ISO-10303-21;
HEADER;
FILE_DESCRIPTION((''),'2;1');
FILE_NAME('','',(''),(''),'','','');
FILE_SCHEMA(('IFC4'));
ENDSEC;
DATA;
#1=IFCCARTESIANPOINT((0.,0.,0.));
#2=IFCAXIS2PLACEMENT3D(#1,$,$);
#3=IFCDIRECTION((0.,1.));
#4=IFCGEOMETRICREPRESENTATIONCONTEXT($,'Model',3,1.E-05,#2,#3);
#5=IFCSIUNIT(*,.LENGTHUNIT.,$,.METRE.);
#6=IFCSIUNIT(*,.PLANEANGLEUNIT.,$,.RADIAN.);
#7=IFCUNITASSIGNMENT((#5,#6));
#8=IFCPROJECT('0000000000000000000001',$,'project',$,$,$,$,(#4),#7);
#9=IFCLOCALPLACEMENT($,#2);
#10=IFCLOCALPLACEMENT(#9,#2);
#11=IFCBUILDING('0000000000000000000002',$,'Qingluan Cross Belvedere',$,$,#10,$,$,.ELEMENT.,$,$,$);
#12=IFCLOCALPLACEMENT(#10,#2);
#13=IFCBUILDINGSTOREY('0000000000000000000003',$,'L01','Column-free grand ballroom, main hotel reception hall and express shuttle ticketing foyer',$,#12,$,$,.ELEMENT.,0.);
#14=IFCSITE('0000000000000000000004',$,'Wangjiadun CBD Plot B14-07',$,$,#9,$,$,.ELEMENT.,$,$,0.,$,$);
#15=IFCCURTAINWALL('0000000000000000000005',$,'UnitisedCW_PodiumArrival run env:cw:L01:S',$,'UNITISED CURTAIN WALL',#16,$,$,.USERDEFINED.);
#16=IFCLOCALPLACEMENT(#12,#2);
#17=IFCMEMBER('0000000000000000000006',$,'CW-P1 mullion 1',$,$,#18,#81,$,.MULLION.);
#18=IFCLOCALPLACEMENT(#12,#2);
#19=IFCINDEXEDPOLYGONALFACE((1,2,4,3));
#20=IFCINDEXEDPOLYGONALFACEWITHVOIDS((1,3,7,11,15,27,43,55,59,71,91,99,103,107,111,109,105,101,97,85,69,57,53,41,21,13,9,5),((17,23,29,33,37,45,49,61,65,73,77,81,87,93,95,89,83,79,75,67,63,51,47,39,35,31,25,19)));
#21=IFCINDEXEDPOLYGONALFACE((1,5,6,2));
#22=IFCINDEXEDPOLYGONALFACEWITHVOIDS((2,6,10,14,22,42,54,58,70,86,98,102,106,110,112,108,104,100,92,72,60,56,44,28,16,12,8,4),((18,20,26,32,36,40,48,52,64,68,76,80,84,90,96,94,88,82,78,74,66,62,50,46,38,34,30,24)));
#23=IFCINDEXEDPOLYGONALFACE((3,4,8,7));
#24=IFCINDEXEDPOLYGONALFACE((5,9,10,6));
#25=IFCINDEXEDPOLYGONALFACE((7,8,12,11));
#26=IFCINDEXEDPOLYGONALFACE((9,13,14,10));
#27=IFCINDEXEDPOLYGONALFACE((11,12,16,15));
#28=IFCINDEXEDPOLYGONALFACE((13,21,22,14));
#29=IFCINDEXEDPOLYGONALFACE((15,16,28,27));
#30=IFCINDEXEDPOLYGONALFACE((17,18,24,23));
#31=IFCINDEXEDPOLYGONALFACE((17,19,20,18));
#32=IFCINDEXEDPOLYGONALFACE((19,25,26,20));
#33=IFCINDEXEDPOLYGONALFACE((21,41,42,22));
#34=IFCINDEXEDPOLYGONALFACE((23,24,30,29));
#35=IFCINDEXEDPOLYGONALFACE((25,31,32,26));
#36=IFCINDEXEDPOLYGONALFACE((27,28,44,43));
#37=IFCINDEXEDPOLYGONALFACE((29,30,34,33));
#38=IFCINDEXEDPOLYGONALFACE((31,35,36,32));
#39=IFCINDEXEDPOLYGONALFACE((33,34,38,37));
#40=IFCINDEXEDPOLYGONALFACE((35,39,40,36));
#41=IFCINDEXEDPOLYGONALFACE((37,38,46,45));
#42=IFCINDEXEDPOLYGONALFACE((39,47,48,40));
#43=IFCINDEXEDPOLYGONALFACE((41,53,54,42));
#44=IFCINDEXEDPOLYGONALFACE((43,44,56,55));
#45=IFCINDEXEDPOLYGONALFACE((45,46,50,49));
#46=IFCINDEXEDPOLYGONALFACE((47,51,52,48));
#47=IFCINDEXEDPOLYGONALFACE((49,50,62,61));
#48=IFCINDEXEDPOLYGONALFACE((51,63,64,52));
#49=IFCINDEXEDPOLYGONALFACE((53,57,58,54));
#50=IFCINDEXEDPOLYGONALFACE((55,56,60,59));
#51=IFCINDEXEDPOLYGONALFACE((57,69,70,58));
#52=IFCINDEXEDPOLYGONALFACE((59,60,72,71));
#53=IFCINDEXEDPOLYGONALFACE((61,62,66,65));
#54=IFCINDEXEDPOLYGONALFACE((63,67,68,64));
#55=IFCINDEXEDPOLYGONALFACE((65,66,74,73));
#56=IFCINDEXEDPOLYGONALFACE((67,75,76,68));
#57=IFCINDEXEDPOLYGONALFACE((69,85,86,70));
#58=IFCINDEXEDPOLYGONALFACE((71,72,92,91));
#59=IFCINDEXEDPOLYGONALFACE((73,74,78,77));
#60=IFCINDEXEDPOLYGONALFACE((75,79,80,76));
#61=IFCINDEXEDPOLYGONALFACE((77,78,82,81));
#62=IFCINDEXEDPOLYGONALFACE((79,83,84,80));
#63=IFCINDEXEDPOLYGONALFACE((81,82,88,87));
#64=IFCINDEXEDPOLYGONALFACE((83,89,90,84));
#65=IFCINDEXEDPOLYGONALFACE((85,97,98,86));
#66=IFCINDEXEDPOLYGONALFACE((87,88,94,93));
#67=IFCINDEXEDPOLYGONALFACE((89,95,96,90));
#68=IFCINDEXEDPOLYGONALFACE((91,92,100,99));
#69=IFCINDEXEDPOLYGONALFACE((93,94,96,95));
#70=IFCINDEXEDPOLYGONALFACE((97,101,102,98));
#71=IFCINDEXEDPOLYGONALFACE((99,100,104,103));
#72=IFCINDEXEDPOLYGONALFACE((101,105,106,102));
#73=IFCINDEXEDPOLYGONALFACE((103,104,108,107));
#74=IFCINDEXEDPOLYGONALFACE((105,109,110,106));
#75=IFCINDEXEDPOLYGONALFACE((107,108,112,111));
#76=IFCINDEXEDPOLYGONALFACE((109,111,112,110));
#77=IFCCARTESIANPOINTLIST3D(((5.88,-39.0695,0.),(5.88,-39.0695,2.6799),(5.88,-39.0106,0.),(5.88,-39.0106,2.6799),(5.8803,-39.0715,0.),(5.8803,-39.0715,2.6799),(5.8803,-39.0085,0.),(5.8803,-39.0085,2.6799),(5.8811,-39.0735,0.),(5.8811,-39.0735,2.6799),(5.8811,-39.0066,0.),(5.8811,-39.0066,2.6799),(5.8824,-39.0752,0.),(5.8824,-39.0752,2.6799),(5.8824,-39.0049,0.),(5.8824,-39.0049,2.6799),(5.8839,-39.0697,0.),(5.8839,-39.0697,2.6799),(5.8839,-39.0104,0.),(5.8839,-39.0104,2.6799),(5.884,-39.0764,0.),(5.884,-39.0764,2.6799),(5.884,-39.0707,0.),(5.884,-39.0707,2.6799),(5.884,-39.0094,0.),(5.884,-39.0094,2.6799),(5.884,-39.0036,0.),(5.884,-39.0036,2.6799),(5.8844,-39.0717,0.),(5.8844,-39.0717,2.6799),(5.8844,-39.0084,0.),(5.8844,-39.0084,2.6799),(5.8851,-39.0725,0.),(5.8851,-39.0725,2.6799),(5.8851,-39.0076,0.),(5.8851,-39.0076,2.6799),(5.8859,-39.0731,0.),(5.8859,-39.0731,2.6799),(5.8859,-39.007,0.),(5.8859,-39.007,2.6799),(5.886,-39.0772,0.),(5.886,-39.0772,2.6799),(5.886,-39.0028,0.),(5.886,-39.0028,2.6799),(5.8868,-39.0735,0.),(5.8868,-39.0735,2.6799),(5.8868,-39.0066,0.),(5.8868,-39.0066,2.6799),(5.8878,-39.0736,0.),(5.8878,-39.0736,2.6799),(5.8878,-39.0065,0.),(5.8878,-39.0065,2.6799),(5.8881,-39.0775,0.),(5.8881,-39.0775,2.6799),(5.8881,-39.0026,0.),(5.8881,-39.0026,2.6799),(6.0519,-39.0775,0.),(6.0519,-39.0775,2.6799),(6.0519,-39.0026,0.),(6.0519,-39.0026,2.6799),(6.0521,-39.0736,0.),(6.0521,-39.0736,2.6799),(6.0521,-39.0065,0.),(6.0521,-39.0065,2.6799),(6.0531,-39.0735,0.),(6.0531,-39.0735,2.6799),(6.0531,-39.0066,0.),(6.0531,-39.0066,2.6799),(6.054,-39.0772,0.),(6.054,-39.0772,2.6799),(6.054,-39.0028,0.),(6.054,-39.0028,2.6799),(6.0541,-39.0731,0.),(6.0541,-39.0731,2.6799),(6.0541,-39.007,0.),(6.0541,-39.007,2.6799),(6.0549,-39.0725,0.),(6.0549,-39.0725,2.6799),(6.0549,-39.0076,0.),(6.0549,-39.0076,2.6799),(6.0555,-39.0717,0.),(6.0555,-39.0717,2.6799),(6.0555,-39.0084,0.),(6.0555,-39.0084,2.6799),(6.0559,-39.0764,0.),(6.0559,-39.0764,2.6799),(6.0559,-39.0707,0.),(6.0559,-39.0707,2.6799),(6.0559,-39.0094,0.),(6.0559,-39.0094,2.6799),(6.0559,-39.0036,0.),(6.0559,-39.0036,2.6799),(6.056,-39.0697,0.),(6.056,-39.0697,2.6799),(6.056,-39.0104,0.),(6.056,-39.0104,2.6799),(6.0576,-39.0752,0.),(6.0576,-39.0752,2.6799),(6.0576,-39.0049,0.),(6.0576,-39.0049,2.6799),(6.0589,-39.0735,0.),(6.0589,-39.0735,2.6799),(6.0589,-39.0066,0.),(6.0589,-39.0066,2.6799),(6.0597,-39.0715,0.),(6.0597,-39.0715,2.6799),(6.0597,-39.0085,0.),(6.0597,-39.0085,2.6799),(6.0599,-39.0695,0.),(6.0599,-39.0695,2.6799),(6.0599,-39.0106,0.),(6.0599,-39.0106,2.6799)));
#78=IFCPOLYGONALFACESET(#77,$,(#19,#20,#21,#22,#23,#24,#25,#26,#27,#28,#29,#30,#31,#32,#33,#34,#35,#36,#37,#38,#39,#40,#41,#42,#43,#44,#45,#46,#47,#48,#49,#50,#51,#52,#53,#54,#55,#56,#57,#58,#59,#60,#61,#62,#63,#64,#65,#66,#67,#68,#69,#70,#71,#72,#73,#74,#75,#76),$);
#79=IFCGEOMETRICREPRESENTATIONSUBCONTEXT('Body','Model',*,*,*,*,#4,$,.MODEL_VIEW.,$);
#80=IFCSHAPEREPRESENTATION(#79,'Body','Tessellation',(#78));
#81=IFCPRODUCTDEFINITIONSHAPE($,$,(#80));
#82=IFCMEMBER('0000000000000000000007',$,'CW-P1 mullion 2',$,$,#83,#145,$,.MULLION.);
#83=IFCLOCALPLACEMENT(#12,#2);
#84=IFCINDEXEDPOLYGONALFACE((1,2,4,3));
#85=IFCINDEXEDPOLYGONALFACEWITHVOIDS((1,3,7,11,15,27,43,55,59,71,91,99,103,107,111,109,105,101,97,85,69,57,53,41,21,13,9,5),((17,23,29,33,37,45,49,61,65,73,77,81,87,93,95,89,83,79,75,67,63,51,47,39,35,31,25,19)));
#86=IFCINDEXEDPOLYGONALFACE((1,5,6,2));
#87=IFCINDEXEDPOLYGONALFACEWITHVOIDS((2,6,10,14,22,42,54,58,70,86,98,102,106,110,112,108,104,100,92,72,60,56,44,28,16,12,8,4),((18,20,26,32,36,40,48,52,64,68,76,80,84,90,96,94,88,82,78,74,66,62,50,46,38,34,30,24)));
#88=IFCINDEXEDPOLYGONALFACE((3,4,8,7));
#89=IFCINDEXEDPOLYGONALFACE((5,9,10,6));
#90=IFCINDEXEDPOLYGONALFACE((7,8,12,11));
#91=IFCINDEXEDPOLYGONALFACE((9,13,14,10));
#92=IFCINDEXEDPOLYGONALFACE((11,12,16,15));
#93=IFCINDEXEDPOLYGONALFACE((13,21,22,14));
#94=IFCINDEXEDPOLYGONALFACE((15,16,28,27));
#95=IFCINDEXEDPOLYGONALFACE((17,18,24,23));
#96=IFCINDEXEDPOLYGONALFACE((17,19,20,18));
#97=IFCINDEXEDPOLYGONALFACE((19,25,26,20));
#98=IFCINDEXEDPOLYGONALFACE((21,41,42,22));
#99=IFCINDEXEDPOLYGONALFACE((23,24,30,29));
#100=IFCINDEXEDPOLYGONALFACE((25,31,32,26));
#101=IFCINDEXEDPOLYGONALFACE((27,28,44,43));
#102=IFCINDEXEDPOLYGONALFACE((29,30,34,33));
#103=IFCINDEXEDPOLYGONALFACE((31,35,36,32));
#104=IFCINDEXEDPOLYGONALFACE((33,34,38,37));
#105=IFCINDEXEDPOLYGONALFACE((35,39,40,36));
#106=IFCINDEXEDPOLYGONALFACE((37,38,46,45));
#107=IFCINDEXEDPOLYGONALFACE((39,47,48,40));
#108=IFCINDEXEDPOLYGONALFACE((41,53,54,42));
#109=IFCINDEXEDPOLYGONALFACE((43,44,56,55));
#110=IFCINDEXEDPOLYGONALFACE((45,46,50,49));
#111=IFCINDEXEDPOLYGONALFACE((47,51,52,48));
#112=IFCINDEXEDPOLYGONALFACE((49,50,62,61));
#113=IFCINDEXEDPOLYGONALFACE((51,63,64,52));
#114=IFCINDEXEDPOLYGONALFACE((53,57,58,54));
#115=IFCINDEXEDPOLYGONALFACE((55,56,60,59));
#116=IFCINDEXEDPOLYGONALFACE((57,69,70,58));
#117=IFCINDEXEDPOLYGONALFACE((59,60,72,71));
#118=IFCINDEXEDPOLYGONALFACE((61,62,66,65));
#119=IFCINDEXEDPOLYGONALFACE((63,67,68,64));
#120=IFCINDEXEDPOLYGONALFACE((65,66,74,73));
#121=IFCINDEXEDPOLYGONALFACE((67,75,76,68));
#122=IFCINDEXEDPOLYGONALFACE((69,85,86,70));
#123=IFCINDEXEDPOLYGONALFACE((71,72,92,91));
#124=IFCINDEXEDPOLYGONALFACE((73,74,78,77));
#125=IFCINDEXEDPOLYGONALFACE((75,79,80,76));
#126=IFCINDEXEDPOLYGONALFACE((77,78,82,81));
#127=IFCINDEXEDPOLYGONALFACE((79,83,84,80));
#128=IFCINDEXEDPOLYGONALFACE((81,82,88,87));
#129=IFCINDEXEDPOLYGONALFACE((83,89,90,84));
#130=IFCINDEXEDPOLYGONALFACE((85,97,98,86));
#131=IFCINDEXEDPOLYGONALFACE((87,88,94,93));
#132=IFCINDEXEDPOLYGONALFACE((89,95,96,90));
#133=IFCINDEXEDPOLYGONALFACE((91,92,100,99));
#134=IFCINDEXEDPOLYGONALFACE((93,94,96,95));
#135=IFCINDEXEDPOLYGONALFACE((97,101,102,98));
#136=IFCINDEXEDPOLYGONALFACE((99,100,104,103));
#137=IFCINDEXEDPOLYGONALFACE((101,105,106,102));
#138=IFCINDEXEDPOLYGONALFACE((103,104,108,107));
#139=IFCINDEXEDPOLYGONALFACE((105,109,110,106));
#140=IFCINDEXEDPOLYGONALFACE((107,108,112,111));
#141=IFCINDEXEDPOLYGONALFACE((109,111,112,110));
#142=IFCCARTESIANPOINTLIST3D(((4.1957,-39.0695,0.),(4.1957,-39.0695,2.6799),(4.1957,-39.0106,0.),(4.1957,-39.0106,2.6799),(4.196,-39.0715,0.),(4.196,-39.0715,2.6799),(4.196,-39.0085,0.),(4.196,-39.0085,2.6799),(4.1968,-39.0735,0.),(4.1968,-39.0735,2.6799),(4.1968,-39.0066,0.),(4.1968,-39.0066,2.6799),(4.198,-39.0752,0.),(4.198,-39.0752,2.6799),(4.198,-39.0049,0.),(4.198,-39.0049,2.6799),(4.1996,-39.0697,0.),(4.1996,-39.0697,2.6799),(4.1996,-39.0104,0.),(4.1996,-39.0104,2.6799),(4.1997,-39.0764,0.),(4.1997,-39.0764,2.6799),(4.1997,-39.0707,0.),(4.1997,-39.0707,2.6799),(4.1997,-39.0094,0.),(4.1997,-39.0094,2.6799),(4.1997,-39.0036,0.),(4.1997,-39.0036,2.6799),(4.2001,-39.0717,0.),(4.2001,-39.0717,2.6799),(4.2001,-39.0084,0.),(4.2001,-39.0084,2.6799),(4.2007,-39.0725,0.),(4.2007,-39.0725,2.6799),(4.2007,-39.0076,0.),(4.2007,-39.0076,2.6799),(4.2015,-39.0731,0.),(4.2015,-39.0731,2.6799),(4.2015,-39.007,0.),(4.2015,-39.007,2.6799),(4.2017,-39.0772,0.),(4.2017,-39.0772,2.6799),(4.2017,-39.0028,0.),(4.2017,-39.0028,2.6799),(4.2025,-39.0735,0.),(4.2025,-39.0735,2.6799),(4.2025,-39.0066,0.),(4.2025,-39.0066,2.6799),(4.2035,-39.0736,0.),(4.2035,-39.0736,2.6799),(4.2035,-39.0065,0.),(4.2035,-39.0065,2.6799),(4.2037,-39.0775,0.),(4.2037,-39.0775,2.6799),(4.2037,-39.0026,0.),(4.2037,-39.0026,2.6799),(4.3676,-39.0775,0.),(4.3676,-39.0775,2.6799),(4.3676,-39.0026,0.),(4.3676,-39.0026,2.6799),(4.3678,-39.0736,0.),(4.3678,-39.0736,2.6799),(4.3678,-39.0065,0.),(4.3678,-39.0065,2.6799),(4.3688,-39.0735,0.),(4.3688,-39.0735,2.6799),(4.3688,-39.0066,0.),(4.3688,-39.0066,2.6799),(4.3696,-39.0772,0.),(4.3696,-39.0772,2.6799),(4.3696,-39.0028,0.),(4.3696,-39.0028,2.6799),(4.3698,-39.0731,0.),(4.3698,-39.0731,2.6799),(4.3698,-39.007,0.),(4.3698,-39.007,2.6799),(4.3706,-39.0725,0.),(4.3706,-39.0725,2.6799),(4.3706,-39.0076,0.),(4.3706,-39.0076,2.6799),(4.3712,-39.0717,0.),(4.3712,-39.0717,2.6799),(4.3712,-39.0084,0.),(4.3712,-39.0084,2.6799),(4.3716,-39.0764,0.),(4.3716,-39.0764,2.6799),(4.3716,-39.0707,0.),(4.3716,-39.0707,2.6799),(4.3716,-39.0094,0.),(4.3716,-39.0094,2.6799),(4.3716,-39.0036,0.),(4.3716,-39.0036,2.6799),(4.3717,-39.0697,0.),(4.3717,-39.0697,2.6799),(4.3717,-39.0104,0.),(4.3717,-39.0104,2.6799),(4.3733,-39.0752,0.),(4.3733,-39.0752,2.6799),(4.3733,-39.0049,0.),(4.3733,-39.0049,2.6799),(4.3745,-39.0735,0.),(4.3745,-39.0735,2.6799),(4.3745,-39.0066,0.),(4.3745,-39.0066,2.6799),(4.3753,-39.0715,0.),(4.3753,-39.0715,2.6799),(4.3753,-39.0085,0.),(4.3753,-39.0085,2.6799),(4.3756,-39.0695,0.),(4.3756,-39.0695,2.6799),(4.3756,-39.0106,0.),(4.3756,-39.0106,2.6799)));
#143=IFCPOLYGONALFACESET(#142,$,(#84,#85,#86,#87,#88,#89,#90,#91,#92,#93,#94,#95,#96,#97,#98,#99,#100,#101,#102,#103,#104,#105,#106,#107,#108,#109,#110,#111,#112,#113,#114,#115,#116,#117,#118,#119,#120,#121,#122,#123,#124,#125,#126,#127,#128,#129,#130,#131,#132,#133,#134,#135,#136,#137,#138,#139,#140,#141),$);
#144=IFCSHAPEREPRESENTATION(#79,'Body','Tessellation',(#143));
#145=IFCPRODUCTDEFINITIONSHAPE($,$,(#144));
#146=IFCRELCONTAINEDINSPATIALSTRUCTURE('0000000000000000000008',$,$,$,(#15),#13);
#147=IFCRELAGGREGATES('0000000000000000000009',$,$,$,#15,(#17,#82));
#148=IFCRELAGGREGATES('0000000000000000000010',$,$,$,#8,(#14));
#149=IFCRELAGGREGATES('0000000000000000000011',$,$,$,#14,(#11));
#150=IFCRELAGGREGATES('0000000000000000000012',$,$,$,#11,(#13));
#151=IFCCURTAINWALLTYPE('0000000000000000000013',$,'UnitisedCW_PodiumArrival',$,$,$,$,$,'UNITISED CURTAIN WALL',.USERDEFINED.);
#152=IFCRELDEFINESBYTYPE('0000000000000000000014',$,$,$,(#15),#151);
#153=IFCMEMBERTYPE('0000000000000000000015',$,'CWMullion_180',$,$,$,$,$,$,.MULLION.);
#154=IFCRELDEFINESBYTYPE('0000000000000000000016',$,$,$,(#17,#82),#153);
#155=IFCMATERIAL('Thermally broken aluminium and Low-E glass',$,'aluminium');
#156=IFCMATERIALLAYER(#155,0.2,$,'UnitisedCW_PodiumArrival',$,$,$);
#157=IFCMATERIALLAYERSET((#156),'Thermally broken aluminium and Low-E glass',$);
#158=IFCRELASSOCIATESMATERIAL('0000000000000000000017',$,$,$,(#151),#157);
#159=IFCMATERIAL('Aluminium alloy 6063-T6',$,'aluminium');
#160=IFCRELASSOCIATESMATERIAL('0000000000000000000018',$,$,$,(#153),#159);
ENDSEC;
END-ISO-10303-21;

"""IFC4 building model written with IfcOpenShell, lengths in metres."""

from ifc_helpers import new_model, si_unit, direction, frame, origin, origin_2d, place, context, subcontext, project, spatial, hollow_rectangle, extrude, material, layer, layer_set, material_profile, profile_set, type_object, element, aggregate, save


model = new_model("IFC4")

# Units and contexts
model_context = context("Model", 3, precision=1e-05, world=origin(), true_north=direction((0.0, 1.0)))
body_context = subcontext(model_context, "Body", "Model", "MODEL_VIEW")
ifc_project = project(units=[si_unit("LENGTHUNIT", "METRE"), si_unit("PLANEANGLEUNIT", "RADIAN")], contexts=[model_context])

# Site, building, storey
site_placement = place(None, origin())
site = spatial("IfcSite", under=ifc_project, at=site_placement, Name="Wangjiadun CBD Plot B14-07", CompositionType="ELEMENT", RefElevation=0.0)
building_placement = place(site_placement, origin())
building = spatial("IfcBuilding", under=site, at=building_placement, Name="Qingluan Cross Belvedere", CompositionType="ELEMENT")
storey_placement = place(building_placement, origin())
storey = spatial("IfcBuildingStorey", under=building, at=storey_placement, Name="L01", Description="Column-free grand ballroom, main hotel reception hall and express shuttle ticketing foyer", CompositionType="ELEMENT", Elevation=0.0)

# Curtain wall, members
ifc_material_1 = material(Name="Thermally broken aluminium and Low-E glass", Category="aluminium")
ifc_layer_1 = layer(ifc_material_1, 0.2, Name="UnitisedCW_PodiumArrival")
ifc_layer_set_1 = layer_set([ifc_layer_1], Name="Thermally broken aluminium and Low-E glass")
curtain_wall_type = type_object("IfcCurtainWallType", Name="UnitisedCW_PodiumArrival", ElementType="UNITISED CURTAIN WALL", PredefinedType="USERDEFINED", material=ifc_layer_set_1)
curtain_wall_placement = place(storey_placement, origin())
curtain_wall = element("IfcCurtainWall", 1, at=curtain_wall_placement, inside=storey, type_object=curtain_wall_type, Name="UnitisedCW_PodiumArrival run env:cw:L01:S", ObjectType="UNITISED CURTAIN WALL", PredefinedType="USERDEFINED")
ifc_material_2 = material(Name="Aluminium alloy 6063-T6", Category="aluminium")
ifc_material_profile_1 = material_profile(ifc_material_2, hollow_rectangle(XDim=0.075, YDim=0.1799, WallThickness=0.0039, InnerFilletRadius=0.0039, OuterFilletRadius=0.0081, at=origin_2d()), Name="CWM180x75x4")
ifc_profile_set_1 = profile_set([ifc_material_profile_1], Name="Aluminium alloy 6063-T6")
member_type_1 = type_object("IfcMemberType", Name="CWMullion_180", PredefinedType="MULLION", material=ifc_profile_set_1)
member_1_placement = place(storey_placement, frame((5.97, -39.04, 0.0), z_axis=(0.0, 0.0, 1.0), x_axis=(0.0, -1.0, 0.0)))
member_1 = element("IfcMember", 2, at=member_1_placement, type_object=member_type_1, Name="CW-P1 mullion 1", PredefinedType="MULLION", context=body_context, shape_type="SweptSolid", body=[
    extrude(hollow_rectangle(XDim=0.075, YDim=0.1799, WallThickness=0.0039, InnerFilletRadius=0.0039, OuterFilletRadius=0.0081, at=origin_2d()), origin(), (0.0, 0.0, 1.0), 2.6799),
])
member_2_placement = place(storey_placement, frame((4.2856, -39.04, 0.0), z_axis=(0.0, 0.0, 1.0), x_axis=(0.0, -1.0, 0.0)))
member_2 = element("IfcMember", 3, at=member_2_placement, type_object=member_type_1, Name="CW-P1 mullion 2", PredefinedType="MULLION", context=body_context, shape_type="SweptSolid", body=[
    extrude(hollow_rectangle(XDim=0.075, YDim=0.1799, WallThickness=0.0039, InnerFilletRadius=0.0039, OuterFilletRadius=0.0081, at=origin_2d()), origin(), (0.0, 0.0, 1.0), 2.6799),
])
aggregate(curtain_wall, [member_1, member_2])

save(model, "model.ifc")
